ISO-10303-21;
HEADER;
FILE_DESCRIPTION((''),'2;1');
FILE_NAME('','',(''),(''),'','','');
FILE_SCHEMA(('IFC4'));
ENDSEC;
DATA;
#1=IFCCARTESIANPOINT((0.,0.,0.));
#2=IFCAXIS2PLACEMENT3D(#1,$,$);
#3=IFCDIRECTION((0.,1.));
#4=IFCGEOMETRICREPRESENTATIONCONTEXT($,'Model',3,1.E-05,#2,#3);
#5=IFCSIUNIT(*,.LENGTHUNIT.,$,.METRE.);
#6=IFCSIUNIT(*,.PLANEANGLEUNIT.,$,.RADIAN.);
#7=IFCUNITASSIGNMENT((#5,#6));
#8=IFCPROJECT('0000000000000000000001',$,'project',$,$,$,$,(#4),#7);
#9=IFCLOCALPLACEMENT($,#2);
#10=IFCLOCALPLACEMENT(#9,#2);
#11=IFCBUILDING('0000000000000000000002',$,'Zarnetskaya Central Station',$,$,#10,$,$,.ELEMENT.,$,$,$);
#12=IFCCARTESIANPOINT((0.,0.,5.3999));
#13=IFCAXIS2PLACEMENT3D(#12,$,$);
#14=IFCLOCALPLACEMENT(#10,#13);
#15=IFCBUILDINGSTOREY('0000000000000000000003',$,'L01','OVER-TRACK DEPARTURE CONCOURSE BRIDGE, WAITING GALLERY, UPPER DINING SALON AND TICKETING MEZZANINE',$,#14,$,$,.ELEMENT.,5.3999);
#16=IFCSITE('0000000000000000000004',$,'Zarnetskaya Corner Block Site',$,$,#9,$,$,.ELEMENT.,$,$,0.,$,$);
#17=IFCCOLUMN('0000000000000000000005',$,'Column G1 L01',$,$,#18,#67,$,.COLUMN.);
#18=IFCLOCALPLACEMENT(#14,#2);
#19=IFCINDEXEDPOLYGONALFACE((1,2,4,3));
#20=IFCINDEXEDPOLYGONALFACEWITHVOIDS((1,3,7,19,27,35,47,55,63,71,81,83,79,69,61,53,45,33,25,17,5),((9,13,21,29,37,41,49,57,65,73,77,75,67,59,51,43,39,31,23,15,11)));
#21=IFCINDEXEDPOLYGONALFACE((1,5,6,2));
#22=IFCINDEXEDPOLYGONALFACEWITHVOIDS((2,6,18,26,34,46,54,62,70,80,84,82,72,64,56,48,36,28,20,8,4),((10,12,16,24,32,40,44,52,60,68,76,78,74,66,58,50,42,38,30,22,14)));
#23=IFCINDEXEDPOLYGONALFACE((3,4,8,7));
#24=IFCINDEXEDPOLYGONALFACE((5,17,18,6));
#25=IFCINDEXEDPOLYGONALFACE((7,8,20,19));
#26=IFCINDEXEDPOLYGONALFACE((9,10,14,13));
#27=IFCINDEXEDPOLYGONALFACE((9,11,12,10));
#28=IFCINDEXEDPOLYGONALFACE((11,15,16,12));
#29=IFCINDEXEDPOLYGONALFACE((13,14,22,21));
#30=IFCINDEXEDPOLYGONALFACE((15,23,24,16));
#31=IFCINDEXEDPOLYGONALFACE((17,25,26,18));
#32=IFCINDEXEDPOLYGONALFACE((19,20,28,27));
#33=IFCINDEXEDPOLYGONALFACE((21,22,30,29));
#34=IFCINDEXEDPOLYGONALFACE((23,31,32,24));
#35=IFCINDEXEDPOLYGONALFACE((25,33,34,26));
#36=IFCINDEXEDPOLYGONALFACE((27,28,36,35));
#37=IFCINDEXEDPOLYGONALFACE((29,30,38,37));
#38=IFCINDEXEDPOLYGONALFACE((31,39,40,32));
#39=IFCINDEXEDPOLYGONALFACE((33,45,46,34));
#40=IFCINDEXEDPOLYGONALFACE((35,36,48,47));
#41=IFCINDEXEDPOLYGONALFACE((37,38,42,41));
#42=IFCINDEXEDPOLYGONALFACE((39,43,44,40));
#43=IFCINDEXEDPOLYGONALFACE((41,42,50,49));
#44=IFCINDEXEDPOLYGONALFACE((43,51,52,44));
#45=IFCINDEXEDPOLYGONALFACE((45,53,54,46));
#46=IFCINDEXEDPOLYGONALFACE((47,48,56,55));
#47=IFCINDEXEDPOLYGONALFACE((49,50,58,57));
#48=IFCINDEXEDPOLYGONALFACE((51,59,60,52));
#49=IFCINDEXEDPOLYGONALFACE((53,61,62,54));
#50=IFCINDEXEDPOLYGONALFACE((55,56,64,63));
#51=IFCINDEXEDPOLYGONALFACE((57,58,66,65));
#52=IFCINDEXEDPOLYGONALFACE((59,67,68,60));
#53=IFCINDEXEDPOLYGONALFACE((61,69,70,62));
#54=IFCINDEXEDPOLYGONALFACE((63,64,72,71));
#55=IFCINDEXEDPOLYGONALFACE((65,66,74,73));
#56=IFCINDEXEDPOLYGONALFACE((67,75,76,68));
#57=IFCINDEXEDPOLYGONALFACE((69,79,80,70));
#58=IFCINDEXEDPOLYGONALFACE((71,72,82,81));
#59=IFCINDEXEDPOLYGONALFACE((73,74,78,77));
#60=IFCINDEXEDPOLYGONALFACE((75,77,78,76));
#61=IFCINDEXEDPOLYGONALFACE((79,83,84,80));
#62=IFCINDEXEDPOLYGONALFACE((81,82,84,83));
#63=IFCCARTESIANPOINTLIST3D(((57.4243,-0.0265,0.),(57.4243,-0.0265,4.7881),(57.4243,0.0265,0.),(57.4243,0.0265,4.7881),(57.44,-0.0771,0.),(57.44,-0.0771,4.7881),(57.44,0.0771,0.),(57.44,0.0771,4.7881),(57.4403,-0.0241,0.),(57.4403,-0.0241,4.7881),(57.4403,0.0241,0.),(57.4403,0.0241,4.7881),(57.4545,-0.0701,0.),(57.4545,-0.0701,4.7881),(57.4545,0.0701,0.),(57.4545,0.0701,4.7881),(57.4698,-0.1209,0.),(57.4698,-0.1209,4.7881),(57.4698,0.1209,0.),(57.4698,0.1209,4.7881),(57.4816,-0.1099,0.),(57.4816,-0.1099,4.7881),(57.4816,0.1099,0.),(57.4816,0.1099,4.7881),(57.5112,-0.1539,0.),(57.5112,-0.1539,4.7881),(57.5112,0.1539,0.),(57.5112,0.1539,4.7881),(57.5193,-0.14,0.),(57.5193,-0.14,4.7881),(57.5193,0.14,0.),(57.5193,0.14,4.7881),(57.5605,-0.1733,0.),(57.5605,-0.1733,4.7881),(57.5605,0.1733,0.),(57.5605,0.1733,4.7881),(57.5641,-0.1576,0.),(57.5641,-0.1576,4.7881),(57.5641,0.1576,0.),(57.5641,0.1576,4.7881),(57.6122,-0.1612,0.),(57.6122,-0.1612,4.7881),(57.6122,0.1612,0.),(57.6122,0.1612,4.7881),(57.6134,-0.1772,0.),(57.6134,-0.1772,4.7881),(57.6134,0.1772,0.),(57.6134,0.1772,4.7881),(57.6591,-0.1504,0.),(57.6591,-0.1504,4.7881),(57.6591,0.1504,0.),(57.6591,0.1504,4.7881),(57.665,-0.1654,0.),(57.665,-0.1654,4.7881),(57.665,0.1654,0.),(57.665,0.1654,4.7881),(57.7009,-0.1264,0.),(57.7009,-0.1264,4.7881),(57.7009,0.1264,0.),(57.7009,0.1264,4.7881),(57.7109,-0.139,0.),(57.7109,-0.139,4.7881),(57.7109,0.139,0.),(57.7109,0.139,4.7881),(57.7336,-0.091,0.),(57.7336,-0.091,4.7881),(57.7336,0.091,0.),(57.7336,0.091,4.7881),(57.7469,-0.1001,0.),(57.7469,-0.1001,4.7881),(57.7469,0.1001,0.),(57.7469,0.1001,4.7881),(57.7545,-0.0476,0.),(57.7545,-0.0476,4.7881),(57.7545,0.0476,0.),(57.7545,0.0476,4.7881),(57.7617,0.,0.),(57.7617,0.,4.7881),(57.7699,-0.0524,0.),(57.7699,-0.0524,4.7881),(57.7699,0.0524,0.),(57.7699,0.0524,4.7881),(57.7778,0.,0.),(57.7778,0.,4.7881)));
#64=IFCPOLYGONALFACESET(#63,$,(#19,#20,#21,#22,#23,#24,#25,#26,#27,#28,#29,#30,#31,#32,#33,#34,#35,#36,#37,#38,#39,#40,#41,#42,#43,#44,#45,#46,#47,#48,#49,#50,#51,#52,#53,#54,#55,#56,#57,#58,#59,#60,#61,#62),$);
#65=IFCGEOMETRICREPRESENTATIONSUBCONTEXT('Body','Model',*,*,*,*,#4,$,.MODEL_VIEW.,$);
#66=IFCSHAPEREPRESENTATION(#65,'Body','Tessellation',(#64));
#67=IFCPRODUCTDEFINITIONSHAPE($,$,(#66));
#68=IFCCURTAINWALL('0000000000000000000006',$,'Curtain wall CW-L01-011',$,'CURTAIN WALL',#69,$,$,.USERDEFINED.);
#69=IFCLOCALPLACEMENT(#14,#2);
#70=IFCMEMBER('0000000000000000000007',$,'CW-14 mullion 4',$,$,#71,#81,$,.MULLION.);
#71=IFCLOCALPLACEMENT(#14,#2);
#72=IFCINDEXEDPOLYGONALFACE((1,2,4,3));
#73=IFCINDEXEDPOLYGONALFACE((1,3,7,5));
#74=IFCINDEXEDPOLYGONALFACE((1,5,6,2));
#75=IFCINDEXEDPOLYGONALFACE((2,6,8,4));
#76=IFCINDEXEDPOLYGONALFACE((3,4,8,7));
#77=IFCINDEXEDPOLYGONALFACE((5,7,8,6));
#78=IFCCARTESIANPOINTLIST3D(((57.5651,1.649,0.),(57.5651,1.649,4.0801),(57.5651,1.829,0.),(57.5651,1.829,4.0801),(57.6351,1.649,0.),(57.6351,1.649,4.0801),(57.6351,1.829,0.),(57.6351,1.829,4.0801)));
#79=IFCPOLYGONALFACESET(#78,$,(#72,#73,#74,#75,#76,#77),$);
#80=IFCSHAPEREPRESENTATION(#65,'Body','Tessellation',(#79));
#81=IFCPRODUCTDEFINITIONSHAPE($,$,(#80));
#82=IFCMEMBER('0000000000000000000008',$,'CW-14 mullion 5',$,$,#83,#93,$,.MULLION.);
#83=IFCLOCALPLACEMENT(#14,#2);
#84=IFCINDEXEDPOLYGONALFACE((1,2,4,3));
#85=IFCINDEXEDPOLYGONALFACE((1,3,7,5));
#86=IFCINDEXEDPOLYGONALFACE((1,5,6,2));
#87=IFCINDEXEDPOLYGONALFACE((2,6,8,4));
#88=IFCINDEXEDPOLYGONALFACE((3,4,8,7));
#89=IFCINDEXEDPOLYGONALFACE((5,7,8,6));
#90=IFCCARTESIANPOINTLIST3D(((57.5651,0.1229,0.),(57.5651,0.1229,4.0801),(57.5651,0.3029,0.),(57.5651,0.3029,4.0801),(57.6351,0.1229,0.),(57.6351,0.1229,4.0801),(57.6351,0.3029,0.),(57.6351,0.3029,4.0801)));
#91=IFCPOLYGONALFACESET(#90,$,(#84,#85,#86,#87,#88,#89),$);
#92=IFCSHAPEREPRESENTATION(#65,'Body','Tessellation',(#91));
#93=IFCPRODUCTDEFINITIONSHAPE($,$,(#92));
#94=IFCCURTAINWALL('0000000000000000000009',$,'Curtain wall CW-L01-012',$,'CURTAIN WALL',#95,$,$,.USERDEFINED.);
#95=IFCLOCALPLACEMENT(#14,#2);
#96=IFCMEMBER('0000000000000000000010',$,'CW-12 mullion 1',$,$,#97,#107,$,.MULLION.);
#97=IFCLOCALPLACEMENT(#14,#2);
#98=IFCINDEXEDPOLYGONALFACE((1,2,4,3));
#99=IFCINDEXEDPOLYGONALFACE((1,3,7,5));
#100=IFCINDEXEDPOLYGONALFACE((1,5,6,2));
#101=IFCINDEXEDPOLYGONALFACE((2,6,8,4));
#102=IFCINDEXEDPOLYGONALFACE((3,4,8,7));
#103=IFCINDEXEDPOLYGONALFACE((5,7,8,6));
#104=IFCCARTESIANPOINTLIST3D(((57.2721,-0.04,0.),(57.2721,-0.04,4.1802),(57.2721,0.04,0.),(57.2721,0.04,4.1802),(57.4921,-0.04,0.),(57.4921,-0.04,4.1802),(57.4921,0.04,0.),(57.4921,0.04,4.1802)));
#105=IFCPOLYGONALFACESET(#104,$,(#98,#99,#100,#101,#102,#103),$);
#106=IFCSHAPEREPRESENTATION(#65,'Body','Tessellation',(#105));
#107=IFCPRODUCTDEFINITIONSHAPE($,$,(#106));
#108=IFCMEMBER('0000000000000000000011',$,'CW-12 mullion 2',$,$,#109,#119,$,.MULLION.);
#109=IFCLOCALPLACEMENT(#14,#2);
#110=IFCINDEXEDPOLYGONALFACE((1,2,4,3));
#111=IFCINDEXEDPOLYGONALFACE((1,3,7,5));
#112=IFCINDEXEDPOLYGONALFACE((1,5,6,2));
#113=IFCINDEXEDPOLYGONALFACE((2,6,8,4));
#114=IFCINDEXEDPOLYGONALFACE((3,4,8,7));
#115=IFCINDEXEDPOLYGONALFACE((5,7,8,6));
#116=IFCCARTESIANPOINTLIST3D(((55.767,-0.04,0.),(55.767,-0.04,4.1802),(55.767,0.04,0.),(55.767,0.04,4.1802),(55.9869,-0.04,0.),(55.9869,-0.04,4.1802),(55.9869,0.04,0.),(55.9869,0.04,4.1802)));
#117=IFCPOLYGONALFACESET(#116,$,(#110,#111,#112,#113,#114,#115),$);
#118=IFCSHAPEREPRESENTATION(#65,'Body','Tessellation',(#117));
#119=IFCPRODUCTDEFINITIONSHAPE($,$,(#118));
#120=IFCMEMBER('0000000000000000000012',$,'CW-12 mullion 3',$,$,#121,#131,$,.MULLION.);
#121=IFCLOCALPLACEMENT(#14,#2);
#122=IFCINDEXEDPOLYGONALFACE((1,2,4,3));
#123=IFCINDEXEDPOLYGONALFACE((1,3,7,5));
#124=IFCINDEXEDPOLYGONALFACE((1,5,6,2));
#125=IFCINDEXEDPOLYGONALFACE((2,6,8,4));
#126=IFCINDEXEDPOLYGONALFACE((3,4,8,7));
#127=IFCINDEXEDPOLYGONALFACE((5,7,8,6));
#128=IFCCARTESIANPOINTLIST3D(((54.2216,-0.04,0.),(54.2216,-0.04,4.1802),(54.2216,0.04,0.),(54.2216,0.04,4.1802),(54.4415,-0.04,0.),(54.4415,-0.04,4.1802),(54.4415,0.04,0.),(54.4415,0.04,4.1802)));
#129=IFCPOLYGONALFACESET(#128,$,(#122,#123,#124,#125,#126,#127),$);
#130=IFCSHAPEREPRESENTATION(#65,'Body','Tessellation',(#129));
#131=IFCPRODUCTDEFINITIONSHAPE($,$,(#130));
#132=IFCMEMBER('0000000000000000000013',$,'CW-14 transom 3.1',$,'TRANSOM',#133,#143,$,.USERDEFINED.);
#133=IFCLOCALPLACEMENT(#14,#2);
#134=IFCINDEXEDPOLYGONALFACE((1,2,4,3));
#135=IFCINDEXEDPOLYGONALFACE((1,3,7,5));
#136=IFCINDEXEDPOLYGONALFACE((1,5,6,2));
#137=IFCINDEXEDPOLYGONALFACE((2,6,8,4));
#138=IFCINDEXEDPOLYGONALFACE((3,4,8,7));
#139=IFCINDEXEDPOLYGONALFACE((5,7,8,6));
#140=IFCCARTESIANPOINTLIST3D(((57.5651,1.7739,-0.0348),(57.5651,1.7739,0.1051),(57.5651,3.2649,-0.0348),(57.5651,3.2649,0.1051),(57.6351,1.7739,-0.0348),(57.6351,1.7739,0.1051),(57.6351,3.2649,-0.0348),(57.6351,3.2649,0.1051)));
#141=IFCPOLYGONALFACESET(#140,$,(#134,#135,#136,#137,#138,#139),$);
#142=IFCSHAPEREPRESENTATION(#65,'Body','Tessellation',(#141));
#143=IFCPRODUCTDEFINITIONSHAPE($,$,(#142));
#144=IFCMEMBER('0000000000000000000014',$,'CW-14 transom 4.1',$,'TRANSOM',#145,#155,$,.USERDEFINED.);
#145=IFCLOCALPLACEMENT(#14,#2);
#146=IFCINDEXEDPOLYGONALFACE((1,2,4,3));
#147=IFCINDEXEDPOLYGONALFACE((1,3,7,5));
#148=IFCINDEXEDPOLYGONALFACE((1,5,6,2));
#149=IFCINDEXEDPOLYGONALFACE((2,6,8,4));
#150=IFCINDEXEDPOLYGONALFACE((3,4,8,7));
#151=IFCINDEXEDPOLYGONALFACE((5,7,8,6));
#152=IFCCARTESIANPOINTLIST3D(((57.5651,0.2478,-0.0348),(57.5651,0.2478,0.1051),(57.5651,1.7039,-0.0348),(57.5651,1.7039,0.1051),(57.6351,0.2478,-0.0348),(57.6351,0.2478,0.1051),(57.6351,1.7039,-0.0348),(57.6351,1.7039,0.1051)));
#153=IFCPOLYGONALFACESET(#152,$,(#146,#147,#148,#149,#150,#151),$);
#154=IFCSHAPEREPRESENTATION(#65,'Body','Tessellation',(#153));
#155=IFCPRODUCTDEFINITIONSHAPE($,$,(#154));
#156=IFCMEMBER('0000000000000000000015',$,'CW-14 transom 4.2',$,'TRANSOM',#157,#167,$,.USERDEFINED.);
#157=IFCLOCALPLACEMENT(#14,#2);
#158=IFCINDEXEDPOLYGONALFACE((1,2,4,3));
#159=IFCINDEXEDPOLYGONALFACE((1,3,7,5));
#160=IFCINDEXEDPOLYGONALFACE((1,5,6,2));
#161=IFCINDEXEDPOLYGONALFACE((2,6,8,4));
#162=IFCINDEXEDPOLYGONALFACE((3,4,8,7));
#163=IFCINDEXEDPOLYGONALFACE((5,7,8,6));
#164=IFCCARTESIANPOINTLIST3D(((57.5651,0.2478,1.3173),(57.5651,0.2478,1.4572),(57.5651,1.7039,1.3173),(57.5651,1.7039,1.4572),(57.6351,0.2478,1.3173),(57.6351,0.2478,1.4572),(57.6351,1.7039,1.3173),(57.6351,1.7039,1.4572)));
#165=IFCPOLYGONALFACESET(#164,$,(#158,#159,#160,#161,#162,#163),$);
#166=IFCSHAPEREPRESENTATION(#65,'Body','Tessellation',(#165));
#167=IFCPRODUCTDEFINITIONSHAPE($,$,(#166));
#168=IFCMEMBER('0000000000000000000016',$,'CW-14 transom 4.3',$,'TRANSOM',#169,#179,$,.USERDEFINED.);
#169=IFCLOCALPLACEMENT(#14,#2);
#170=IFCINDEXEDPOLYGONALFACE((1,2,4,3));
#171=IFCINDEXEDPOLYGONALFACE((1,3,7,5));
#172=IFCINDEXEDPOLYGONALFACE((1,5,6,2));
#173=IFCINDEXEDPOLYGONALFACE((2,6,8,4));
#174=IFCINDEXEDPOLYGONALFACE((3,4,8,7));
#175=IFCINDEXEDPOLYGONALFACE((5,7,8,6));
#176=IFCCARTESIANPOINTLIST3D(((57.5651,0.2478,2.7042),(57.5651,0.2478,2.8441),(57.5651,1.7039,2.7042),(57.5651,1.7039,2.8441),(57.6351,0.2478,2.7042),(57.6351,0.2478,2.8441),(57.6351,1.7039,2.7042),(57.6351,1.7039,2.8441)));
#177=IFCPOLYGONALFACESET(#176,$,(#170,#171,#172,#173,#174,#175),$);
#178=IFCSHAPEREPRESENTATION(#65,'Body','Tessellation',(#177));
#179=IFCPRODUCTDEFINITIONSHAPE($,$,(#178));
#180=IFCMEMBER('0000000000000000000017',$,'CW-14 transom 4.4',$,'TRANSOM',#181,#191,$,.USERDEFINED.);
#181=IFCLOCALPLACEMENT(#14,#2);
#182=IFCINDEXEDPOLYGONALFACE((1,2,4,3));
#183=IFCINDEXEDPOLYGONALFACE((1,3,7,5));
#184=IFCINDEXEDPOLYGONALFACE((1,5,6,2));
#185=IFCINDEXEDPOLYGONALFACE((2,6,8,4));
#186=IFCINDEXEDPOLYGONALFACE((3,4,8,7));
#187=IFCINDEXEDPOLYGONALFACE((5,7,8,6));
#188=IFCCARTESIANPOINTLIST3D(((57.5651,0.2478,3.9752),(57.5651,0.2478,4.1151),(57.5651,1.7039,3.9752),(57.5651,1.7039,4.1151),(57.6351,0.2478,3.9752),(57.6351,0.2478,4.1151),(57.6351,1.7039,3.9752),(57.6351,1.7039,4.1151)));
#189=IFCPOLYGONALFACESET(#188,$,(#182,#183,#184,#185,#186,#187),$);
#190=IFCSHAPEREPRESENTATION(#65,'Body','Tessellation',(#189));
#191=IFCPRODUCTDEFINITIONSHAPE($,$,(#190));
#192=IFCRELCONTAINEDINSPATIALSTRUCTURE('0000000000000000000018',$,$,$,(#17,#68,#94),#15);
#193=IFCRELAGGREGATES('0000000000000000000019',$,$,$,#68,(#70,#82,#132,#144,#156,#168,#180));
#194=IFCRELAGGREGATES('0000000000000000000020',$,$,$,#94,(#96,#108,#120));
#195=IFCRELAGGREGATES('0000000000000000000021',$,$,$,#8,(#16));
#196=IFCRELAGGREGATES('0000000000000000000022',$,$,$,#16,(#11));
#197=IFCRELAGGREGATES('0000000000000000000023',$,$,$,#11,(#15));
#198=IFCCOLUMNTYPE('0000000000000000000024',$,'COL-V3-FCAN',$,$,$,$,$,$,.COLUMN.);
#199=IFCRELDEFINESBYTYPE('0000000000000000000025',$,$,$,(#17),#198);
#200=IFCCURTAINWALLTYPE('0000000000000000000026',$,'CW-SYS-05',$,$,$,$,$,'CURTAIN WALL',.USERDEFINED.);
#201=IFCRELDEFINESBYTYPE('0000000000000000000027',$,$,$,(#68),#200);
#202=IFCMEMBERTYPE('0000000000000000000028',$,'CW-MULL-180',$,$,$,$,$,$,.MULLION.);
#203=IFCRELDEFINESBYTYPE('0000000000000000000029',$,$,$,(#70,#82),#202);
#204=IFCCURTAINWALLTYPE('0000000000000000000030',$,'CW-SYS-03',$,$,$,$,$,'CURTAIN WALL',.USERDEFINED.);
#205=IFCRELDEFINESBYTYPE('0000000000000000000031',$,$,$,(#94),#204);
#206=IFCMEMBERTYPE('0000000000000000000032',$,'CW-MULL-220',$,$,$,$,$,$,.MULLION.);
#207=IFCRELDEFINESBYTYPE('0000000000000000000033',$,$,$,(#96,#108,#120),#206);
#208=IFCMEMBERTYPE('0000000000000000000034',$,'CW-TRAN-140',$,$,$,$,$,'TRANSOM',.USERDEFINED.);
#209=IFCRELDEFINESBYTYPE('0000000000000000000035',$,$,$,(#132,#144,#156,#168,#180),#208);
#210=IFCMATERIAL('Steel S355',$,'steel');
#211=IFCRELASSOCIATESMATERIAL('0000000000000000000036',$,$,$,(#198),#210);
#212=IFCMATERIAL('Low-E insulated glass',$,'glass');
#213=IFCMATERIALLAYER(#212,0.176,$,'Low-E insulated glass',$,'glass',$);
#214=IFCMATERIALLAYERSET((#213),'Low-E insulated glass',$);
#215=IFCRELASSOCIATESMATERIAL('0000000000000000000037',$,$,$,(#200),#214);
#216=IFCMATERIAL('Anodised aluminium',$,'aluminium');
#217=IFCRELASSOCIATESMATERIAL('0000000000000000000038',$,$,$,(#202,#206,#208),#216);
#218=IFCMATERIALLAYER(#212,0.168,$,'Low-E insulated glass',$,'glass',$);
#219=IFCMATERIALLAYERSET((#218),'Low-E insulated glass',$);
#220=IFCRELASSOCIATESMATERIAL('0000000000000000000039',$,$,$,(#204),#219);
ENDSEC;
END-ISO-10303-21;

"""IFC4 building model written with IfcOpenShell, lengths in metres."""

from ifc_helpers import new_model, si_unit, direction, frame, origin, origin_2d, place, context, subcontext, project, spatial, rectangle, hollow_circle, extrude, material, layer, layer_set, material_profile, profile_set, type_object, element, aggregate, save


model = new_model("IFC4")

# Units and contexts
model_context = context("Model", 3, precision=1e-05, world=origin(), true_north=direction((0.0, 1.0)))
body_context = subcontext(model_context, "Body", "Model", "MODEL_VIEW")
ifc_project = project(units=[si_unit("LENGTHUNIT", "METRE"), si_unit("PLANEANGLEUNIT", "RADIAN")], contexts=[model_context])

# Site, building, storey
site_placement = place(None, origin())
site = spatial("IfcSite", under=ifc_project, at=site_placement, Name="Zarnetskaya Corner Block Site", CompositionType="ELEMENT", RefElevation=0.0)
building_placement = place(site_placement, origin())
building = spatial("IfcBuilding", under=site, at=building_placement, Name="Zarnetskaya Central Station", CompositionType="ELEMENT")
storey_placement = place(building_placement, frame((0.0, 0.0, 5.3999)))
storey = spatial("IfcBuildingStorey", under=building, at=storey_placement, Name="L01", Description="OVER-TRACK DEPARTURE CONCOURSE BRIDGE, WAITING GALLERY, UPPER DINING SALON AND TICKETING MEZZANINE", CompositionType="ELEMENT", Elevation=5.3999)

# Column
ifc_material_1 = material(Name="Steel S355", Category="steel")
ifc_material_profile_1 = material_profile(ifc_material_1, hollow_circle(Radius=0.1777, WallThickness=0.0161, at=origin_2d()), Name="CHS 355.6x16")
ifc_profile_set_1 = profile_set([ifc_material_profile_1], Name="Steel S355")
column_type = type_object("IfcColumnType", Name="COL-V3-FCAN", PredefinedType="COLUMN", material=ifc_profile_set_1)
column_placement = place(storey_placement, frame((57.6001, 0.0, 0.0), z_axis=(0.0, 0.0, 1.0), x_axis=(1.0, 0.0, 0.0)))
element("IfcColumn", 1, at=column_placement, inside=storey, type_object=column_type, Name="Column G1 L01", PredefinedType="COLUMN", context=body_context, shape_type="SweptSolid", body=[
    extrude(hollow_circle(Radius=0.1777, WallThickness=0.0161, at=origin_2d()), origin(), (0.0, 0.0, 1.0), 4.7881),
])

# Curtain walls, members
ifc_material_2 = material(Name="Low-E insulated glass", Category="glass")
ifc_layer_1 = layer(ifc_material_2, 0.176, Name="Low-E insulated glass", Category="glass")
ifc_layer_set_1 = layer_set([ifc_layer_1], Name="Low-E insulated glass")
curtain_wall_type_1 = type_object("IfcCurtainWallType", Name="CW-SYS-05", ElementType="CURTAIN WALL", PredefinedType="USERDEFINED", material=ifc_layer_set_1)
curtain_wall_1_placement = place(storey_placement, origin())
curtain_wall_1 = element("IfcCurtainWall", 2, at=curtain_wall_1_placement, inside=storey, type_object=curtain_wall_type_1, Name="Curtain wall CW-L01-011", ObjectType="CURTAIN WALL", PredefinedType="USERDEFINED")
ifc_material_3 = material(Name="Anodised aluminium", Category="aluminium")
ifc_material_profile_2 = material_profile(ifc_material_3, rectangle(XDim=0.0701, YDim=0.1799, at=origin_2d()), Name="ALU MULL 70x180")
ifc_profile_set_2 = profile_set([ifc_material_profile_2], Name="Anodised aluminium")
member_type_1 = type_object("IfcMemberType", Name="CW-MULL-180", PredefinedType="MULLION", material=ifc_profile_set_2)
member_1_placement = place(storey_placement, frame((57.6001, 1.739, 0.0), z_axis=(0.0, 0.0, 1.0), x_axis=(1.0, 0.0, 0.0)))
member_1 = element("IfcMember", 3, at=member_1_placement, type_object=member_type_1, Name="CW-14 mullion 4", PredefinedType="MULLION", context=body_context, shape_type="SweptSolid", body=[
    extrude(rectangle(XDim=0.0701, YDim=0.1799, at=origin_2d()), origin(), (0.0, 0.0, 1.0), 4.0801),
])
member_2_placement = place(storey_placement, frame((57.6001, 0.2129, 0.0), z_axis=(0.0, 0.0, 1.0), x_axis=(1.0, 0.0, 0.0)))
member_2 = element("IfcMember", 4, at=member_2_placement, type_object=member_type_1, Name="CW-14 mullion 5", PredefinedType="MULLION", context=body_context, shape_type="SweptSolid", body=[
    extrude(rectangle(XDim=0.0701, YDim=0.1799, at=origin_2d()), origin(), (0.0, 0.0, 1.0), 4.0801),
])
ifc_layer_2 = layer(ifc_material_2, 0.168, Name="Low-E insulated glass", Category="glass")
ifc_layer_set_2 = layer_set([ifc_layer_2], Name="Low-E insulated glass")
curtain_wall_type_2 = type_object("IfcCurtainWallType", Name="CW-SYS-03", ElementType="CURTAIN WALL", PredefinedType="USERDEFINED", material=ifc_layer_set_2)
curtain_wall_2_placement = place(storey_placement, origin())
curtain_wall_2 = element("IfcCurtainWall", 5, at=curtain_wall_2_placement, inside=storey, type_object=curtain_wall_type_2, Name="Curtain wall CW-L01-012", ObjectType="CURTAIN WALL", PredefinedType="USERDEFINED")
ifc_material_profile_3 = material_profile(ifc_material_3, rectangle(XDim=0.0801, YDim=0.22, at=origin_2d()), Name="ALU MULL 80x220")
ifc_profile_set_3 = profile_set([ifc_material_profile_3], Name="Anodised aluminium")
member_type_2 = type_object("IfcMemberType", Name="CW-MULL-220", PredefinedType="MULLION", material=ifc_profile_set_3)
member_3_placement = place(storey_placement, frame((57.3821, 0.0, 0.0), z_axis=(0.0, 0.0, 1.0), x_axis=(0.0, -1.0, 0.0)))
member_3 = element("IfcMember", 6, at=member_3_placement, type_object=member_type_2, Name="CW-12 mullion 1", PredefinedType="MULLION", context=body_context, shape_type="SweptSolid", body=[
    extrude(rectangle(XDim=0.0801, YDim=0.22, at=origin_2d()), origin(), (0.0, 0.0, 1.0), 4.1802),
])
member_4_placement = place(storey_placement, frame((55.877, 0.0, 0.0), z_axis=(0.0, 0.0, 1.0), x_axis=(0.0, -1.0, 0.0)))
member_4 = element("IfcMember", 7, at=member_4_placement, type_object=member_type_2, Name="CW-12 mullion 2", PredefinedType="MULLION", context=body_context, shape_type="SweptSolid", body=[
    extrude(rectangle(XDim=0.0801, YDim=0.22, at=origin_2d()), origin(), (0.0, 0.0, 1.0), 4.1802),
])
member_5_placement = place(storey_placement, frame((54.3315, 0.0, 0.0), z_axis=(0.0, 0.0, 1.0), x_axis=(0.0, -1.0, 0.0)))
member_5 = element("IfcMember", 8, at=member_5_placement, type_object=member_type_2, Name="CW-12 mullion 3", PredefinedType="MULLION", context=body_context, shape_type="SweptSolid", body=[
    extrude(rectangle(XDim=0.0801, YDim=0.22, at=origin_2d()), origin(), (0.0, 0.0, 1.0), 4.1802),
])

# Members
ifc_material_profile_4 = material_profile(ifc_material_3, rectangle(XDim=0.0701, YDim=0.1399, at=origin_2d()), Name="ALU TRAN 70x140")
ifc_profile_set_4 = profile_set([ifc_material_profile_4], Name="Anodised aluminium")
member_type_3 = type_object("IfcMemberType", Name="CW-TRAN-140", ElementType="TRANSOM", PredefinedType="USERDEFINED", material=ifc_profile_set_4)
member_6_placement = place(storey_placement, frame((57.6001, 3.2649, 0.0352), z_axis=(0.0, -1.0, 0.0), x_axis=(1.0, 0.0, 0.0)))
member_6 = element("IfcMember", 9, at=member_6_placement, type_object=member_type_3, Name="CW-14 transom 3.1", ObjectType="TRANSOM", PredefinedType="USERDEFINED", context=body_context, shape_type="SweptSolid", body=[
    extrude(rectangle(XDim=0.0701, YDim=0.1399, at=origin_2d()), origin(), (0.0, 0.0, 1.0), 1.491),
])
member_7_placement = place(storey_placement, frame((57.6001, 1.7039, 0.0352), z_axis=(0.0, -1.0, 0.0), x_axis=(1.0, 0.0, 0.0)))
member_7 = element("IfcMember", 10, at=member_7_placement, type_object=member_type_3, Name="CW-14 transom 4.1", ObjectType="TRANSOM", PredefinedType="USERDEFINED", context=body_context, shape_type="SweptSolid", body=[
    extrude(rectangle(XDim=0.0701, YDim=0.1399, at=origin_2d()), origin(), (0.0, 0.0, 1.0), 1.4561),
])
member_8_placement = place(storey_placement, frame((57.6001, 1.7039, 1.3872), z_axis=(0.0, -1.0, 0.0), x_axis=(1.0, 0.0, 0.0)))
member_8 = element("IfcMember", 11, at=member_8_placement, type_object=member_type_3, Name="CW-14 transom 4.2", ObjectType="TRANSOM", PredefinedType="USERDEFINED", context=body_context, shape_type="SweptSolid", body=[
    extrude(rectangle(XDim=0.0701, YDim=0.1399, at=origin_2d()), origin(), (0.0, 0.0, 1.0), 1.4561),
])
member_9_placement = place(storey_placement, frame((57.6001, 1.7039, 2.7742), z_axis=(0.0, -1.0, 0.0), x_axis=(1.0, 0.0, 0.0)))
member_9 = element("IfcMember", 12, at=member_9_placement, type_object=member_type_3, Name="CW-14 transom 4.3", ObjectType="TRANSOM", PredefinedType="USERDEFINED", context=body_context, shape_type="SweptSolid", body=[
    extrude(rectangle(XDim=0.0701, YDim=0.1399, at=origin_2d()), origin(), (0.0, 0.0, 1.0), 1.4561),
])
member_10_placement = place(storey_placement, frame((57.6001, 1.7039, 4.0452), z_axis=(0.0, -1.0, 0.0), x_axis=(1.0, 0.0, 0.0)))
member_10 = element("IfcMember", 13, at=member_10_placement, type_object=member_type_3, Name="CW-14 transom 4.4", ObjectType="TRANSOM", PredefinedType="USERDEFINED", context=body_context, shape_type="SweptSolid", body=[
    extrude(rectangle(XDim=0.0701, YDim=0.1399, at=origin_2d()), origin(), (0.0, 0.0, 1.0), 1.4561),
])

aggregate(curtain_wall_1, [member_1, member_2, member_6, member_7, member_8, member_9, member_10])
aggregate(curtain_wall_2, [member_3, member_4, member_5])

save(model, "model.ifc")
